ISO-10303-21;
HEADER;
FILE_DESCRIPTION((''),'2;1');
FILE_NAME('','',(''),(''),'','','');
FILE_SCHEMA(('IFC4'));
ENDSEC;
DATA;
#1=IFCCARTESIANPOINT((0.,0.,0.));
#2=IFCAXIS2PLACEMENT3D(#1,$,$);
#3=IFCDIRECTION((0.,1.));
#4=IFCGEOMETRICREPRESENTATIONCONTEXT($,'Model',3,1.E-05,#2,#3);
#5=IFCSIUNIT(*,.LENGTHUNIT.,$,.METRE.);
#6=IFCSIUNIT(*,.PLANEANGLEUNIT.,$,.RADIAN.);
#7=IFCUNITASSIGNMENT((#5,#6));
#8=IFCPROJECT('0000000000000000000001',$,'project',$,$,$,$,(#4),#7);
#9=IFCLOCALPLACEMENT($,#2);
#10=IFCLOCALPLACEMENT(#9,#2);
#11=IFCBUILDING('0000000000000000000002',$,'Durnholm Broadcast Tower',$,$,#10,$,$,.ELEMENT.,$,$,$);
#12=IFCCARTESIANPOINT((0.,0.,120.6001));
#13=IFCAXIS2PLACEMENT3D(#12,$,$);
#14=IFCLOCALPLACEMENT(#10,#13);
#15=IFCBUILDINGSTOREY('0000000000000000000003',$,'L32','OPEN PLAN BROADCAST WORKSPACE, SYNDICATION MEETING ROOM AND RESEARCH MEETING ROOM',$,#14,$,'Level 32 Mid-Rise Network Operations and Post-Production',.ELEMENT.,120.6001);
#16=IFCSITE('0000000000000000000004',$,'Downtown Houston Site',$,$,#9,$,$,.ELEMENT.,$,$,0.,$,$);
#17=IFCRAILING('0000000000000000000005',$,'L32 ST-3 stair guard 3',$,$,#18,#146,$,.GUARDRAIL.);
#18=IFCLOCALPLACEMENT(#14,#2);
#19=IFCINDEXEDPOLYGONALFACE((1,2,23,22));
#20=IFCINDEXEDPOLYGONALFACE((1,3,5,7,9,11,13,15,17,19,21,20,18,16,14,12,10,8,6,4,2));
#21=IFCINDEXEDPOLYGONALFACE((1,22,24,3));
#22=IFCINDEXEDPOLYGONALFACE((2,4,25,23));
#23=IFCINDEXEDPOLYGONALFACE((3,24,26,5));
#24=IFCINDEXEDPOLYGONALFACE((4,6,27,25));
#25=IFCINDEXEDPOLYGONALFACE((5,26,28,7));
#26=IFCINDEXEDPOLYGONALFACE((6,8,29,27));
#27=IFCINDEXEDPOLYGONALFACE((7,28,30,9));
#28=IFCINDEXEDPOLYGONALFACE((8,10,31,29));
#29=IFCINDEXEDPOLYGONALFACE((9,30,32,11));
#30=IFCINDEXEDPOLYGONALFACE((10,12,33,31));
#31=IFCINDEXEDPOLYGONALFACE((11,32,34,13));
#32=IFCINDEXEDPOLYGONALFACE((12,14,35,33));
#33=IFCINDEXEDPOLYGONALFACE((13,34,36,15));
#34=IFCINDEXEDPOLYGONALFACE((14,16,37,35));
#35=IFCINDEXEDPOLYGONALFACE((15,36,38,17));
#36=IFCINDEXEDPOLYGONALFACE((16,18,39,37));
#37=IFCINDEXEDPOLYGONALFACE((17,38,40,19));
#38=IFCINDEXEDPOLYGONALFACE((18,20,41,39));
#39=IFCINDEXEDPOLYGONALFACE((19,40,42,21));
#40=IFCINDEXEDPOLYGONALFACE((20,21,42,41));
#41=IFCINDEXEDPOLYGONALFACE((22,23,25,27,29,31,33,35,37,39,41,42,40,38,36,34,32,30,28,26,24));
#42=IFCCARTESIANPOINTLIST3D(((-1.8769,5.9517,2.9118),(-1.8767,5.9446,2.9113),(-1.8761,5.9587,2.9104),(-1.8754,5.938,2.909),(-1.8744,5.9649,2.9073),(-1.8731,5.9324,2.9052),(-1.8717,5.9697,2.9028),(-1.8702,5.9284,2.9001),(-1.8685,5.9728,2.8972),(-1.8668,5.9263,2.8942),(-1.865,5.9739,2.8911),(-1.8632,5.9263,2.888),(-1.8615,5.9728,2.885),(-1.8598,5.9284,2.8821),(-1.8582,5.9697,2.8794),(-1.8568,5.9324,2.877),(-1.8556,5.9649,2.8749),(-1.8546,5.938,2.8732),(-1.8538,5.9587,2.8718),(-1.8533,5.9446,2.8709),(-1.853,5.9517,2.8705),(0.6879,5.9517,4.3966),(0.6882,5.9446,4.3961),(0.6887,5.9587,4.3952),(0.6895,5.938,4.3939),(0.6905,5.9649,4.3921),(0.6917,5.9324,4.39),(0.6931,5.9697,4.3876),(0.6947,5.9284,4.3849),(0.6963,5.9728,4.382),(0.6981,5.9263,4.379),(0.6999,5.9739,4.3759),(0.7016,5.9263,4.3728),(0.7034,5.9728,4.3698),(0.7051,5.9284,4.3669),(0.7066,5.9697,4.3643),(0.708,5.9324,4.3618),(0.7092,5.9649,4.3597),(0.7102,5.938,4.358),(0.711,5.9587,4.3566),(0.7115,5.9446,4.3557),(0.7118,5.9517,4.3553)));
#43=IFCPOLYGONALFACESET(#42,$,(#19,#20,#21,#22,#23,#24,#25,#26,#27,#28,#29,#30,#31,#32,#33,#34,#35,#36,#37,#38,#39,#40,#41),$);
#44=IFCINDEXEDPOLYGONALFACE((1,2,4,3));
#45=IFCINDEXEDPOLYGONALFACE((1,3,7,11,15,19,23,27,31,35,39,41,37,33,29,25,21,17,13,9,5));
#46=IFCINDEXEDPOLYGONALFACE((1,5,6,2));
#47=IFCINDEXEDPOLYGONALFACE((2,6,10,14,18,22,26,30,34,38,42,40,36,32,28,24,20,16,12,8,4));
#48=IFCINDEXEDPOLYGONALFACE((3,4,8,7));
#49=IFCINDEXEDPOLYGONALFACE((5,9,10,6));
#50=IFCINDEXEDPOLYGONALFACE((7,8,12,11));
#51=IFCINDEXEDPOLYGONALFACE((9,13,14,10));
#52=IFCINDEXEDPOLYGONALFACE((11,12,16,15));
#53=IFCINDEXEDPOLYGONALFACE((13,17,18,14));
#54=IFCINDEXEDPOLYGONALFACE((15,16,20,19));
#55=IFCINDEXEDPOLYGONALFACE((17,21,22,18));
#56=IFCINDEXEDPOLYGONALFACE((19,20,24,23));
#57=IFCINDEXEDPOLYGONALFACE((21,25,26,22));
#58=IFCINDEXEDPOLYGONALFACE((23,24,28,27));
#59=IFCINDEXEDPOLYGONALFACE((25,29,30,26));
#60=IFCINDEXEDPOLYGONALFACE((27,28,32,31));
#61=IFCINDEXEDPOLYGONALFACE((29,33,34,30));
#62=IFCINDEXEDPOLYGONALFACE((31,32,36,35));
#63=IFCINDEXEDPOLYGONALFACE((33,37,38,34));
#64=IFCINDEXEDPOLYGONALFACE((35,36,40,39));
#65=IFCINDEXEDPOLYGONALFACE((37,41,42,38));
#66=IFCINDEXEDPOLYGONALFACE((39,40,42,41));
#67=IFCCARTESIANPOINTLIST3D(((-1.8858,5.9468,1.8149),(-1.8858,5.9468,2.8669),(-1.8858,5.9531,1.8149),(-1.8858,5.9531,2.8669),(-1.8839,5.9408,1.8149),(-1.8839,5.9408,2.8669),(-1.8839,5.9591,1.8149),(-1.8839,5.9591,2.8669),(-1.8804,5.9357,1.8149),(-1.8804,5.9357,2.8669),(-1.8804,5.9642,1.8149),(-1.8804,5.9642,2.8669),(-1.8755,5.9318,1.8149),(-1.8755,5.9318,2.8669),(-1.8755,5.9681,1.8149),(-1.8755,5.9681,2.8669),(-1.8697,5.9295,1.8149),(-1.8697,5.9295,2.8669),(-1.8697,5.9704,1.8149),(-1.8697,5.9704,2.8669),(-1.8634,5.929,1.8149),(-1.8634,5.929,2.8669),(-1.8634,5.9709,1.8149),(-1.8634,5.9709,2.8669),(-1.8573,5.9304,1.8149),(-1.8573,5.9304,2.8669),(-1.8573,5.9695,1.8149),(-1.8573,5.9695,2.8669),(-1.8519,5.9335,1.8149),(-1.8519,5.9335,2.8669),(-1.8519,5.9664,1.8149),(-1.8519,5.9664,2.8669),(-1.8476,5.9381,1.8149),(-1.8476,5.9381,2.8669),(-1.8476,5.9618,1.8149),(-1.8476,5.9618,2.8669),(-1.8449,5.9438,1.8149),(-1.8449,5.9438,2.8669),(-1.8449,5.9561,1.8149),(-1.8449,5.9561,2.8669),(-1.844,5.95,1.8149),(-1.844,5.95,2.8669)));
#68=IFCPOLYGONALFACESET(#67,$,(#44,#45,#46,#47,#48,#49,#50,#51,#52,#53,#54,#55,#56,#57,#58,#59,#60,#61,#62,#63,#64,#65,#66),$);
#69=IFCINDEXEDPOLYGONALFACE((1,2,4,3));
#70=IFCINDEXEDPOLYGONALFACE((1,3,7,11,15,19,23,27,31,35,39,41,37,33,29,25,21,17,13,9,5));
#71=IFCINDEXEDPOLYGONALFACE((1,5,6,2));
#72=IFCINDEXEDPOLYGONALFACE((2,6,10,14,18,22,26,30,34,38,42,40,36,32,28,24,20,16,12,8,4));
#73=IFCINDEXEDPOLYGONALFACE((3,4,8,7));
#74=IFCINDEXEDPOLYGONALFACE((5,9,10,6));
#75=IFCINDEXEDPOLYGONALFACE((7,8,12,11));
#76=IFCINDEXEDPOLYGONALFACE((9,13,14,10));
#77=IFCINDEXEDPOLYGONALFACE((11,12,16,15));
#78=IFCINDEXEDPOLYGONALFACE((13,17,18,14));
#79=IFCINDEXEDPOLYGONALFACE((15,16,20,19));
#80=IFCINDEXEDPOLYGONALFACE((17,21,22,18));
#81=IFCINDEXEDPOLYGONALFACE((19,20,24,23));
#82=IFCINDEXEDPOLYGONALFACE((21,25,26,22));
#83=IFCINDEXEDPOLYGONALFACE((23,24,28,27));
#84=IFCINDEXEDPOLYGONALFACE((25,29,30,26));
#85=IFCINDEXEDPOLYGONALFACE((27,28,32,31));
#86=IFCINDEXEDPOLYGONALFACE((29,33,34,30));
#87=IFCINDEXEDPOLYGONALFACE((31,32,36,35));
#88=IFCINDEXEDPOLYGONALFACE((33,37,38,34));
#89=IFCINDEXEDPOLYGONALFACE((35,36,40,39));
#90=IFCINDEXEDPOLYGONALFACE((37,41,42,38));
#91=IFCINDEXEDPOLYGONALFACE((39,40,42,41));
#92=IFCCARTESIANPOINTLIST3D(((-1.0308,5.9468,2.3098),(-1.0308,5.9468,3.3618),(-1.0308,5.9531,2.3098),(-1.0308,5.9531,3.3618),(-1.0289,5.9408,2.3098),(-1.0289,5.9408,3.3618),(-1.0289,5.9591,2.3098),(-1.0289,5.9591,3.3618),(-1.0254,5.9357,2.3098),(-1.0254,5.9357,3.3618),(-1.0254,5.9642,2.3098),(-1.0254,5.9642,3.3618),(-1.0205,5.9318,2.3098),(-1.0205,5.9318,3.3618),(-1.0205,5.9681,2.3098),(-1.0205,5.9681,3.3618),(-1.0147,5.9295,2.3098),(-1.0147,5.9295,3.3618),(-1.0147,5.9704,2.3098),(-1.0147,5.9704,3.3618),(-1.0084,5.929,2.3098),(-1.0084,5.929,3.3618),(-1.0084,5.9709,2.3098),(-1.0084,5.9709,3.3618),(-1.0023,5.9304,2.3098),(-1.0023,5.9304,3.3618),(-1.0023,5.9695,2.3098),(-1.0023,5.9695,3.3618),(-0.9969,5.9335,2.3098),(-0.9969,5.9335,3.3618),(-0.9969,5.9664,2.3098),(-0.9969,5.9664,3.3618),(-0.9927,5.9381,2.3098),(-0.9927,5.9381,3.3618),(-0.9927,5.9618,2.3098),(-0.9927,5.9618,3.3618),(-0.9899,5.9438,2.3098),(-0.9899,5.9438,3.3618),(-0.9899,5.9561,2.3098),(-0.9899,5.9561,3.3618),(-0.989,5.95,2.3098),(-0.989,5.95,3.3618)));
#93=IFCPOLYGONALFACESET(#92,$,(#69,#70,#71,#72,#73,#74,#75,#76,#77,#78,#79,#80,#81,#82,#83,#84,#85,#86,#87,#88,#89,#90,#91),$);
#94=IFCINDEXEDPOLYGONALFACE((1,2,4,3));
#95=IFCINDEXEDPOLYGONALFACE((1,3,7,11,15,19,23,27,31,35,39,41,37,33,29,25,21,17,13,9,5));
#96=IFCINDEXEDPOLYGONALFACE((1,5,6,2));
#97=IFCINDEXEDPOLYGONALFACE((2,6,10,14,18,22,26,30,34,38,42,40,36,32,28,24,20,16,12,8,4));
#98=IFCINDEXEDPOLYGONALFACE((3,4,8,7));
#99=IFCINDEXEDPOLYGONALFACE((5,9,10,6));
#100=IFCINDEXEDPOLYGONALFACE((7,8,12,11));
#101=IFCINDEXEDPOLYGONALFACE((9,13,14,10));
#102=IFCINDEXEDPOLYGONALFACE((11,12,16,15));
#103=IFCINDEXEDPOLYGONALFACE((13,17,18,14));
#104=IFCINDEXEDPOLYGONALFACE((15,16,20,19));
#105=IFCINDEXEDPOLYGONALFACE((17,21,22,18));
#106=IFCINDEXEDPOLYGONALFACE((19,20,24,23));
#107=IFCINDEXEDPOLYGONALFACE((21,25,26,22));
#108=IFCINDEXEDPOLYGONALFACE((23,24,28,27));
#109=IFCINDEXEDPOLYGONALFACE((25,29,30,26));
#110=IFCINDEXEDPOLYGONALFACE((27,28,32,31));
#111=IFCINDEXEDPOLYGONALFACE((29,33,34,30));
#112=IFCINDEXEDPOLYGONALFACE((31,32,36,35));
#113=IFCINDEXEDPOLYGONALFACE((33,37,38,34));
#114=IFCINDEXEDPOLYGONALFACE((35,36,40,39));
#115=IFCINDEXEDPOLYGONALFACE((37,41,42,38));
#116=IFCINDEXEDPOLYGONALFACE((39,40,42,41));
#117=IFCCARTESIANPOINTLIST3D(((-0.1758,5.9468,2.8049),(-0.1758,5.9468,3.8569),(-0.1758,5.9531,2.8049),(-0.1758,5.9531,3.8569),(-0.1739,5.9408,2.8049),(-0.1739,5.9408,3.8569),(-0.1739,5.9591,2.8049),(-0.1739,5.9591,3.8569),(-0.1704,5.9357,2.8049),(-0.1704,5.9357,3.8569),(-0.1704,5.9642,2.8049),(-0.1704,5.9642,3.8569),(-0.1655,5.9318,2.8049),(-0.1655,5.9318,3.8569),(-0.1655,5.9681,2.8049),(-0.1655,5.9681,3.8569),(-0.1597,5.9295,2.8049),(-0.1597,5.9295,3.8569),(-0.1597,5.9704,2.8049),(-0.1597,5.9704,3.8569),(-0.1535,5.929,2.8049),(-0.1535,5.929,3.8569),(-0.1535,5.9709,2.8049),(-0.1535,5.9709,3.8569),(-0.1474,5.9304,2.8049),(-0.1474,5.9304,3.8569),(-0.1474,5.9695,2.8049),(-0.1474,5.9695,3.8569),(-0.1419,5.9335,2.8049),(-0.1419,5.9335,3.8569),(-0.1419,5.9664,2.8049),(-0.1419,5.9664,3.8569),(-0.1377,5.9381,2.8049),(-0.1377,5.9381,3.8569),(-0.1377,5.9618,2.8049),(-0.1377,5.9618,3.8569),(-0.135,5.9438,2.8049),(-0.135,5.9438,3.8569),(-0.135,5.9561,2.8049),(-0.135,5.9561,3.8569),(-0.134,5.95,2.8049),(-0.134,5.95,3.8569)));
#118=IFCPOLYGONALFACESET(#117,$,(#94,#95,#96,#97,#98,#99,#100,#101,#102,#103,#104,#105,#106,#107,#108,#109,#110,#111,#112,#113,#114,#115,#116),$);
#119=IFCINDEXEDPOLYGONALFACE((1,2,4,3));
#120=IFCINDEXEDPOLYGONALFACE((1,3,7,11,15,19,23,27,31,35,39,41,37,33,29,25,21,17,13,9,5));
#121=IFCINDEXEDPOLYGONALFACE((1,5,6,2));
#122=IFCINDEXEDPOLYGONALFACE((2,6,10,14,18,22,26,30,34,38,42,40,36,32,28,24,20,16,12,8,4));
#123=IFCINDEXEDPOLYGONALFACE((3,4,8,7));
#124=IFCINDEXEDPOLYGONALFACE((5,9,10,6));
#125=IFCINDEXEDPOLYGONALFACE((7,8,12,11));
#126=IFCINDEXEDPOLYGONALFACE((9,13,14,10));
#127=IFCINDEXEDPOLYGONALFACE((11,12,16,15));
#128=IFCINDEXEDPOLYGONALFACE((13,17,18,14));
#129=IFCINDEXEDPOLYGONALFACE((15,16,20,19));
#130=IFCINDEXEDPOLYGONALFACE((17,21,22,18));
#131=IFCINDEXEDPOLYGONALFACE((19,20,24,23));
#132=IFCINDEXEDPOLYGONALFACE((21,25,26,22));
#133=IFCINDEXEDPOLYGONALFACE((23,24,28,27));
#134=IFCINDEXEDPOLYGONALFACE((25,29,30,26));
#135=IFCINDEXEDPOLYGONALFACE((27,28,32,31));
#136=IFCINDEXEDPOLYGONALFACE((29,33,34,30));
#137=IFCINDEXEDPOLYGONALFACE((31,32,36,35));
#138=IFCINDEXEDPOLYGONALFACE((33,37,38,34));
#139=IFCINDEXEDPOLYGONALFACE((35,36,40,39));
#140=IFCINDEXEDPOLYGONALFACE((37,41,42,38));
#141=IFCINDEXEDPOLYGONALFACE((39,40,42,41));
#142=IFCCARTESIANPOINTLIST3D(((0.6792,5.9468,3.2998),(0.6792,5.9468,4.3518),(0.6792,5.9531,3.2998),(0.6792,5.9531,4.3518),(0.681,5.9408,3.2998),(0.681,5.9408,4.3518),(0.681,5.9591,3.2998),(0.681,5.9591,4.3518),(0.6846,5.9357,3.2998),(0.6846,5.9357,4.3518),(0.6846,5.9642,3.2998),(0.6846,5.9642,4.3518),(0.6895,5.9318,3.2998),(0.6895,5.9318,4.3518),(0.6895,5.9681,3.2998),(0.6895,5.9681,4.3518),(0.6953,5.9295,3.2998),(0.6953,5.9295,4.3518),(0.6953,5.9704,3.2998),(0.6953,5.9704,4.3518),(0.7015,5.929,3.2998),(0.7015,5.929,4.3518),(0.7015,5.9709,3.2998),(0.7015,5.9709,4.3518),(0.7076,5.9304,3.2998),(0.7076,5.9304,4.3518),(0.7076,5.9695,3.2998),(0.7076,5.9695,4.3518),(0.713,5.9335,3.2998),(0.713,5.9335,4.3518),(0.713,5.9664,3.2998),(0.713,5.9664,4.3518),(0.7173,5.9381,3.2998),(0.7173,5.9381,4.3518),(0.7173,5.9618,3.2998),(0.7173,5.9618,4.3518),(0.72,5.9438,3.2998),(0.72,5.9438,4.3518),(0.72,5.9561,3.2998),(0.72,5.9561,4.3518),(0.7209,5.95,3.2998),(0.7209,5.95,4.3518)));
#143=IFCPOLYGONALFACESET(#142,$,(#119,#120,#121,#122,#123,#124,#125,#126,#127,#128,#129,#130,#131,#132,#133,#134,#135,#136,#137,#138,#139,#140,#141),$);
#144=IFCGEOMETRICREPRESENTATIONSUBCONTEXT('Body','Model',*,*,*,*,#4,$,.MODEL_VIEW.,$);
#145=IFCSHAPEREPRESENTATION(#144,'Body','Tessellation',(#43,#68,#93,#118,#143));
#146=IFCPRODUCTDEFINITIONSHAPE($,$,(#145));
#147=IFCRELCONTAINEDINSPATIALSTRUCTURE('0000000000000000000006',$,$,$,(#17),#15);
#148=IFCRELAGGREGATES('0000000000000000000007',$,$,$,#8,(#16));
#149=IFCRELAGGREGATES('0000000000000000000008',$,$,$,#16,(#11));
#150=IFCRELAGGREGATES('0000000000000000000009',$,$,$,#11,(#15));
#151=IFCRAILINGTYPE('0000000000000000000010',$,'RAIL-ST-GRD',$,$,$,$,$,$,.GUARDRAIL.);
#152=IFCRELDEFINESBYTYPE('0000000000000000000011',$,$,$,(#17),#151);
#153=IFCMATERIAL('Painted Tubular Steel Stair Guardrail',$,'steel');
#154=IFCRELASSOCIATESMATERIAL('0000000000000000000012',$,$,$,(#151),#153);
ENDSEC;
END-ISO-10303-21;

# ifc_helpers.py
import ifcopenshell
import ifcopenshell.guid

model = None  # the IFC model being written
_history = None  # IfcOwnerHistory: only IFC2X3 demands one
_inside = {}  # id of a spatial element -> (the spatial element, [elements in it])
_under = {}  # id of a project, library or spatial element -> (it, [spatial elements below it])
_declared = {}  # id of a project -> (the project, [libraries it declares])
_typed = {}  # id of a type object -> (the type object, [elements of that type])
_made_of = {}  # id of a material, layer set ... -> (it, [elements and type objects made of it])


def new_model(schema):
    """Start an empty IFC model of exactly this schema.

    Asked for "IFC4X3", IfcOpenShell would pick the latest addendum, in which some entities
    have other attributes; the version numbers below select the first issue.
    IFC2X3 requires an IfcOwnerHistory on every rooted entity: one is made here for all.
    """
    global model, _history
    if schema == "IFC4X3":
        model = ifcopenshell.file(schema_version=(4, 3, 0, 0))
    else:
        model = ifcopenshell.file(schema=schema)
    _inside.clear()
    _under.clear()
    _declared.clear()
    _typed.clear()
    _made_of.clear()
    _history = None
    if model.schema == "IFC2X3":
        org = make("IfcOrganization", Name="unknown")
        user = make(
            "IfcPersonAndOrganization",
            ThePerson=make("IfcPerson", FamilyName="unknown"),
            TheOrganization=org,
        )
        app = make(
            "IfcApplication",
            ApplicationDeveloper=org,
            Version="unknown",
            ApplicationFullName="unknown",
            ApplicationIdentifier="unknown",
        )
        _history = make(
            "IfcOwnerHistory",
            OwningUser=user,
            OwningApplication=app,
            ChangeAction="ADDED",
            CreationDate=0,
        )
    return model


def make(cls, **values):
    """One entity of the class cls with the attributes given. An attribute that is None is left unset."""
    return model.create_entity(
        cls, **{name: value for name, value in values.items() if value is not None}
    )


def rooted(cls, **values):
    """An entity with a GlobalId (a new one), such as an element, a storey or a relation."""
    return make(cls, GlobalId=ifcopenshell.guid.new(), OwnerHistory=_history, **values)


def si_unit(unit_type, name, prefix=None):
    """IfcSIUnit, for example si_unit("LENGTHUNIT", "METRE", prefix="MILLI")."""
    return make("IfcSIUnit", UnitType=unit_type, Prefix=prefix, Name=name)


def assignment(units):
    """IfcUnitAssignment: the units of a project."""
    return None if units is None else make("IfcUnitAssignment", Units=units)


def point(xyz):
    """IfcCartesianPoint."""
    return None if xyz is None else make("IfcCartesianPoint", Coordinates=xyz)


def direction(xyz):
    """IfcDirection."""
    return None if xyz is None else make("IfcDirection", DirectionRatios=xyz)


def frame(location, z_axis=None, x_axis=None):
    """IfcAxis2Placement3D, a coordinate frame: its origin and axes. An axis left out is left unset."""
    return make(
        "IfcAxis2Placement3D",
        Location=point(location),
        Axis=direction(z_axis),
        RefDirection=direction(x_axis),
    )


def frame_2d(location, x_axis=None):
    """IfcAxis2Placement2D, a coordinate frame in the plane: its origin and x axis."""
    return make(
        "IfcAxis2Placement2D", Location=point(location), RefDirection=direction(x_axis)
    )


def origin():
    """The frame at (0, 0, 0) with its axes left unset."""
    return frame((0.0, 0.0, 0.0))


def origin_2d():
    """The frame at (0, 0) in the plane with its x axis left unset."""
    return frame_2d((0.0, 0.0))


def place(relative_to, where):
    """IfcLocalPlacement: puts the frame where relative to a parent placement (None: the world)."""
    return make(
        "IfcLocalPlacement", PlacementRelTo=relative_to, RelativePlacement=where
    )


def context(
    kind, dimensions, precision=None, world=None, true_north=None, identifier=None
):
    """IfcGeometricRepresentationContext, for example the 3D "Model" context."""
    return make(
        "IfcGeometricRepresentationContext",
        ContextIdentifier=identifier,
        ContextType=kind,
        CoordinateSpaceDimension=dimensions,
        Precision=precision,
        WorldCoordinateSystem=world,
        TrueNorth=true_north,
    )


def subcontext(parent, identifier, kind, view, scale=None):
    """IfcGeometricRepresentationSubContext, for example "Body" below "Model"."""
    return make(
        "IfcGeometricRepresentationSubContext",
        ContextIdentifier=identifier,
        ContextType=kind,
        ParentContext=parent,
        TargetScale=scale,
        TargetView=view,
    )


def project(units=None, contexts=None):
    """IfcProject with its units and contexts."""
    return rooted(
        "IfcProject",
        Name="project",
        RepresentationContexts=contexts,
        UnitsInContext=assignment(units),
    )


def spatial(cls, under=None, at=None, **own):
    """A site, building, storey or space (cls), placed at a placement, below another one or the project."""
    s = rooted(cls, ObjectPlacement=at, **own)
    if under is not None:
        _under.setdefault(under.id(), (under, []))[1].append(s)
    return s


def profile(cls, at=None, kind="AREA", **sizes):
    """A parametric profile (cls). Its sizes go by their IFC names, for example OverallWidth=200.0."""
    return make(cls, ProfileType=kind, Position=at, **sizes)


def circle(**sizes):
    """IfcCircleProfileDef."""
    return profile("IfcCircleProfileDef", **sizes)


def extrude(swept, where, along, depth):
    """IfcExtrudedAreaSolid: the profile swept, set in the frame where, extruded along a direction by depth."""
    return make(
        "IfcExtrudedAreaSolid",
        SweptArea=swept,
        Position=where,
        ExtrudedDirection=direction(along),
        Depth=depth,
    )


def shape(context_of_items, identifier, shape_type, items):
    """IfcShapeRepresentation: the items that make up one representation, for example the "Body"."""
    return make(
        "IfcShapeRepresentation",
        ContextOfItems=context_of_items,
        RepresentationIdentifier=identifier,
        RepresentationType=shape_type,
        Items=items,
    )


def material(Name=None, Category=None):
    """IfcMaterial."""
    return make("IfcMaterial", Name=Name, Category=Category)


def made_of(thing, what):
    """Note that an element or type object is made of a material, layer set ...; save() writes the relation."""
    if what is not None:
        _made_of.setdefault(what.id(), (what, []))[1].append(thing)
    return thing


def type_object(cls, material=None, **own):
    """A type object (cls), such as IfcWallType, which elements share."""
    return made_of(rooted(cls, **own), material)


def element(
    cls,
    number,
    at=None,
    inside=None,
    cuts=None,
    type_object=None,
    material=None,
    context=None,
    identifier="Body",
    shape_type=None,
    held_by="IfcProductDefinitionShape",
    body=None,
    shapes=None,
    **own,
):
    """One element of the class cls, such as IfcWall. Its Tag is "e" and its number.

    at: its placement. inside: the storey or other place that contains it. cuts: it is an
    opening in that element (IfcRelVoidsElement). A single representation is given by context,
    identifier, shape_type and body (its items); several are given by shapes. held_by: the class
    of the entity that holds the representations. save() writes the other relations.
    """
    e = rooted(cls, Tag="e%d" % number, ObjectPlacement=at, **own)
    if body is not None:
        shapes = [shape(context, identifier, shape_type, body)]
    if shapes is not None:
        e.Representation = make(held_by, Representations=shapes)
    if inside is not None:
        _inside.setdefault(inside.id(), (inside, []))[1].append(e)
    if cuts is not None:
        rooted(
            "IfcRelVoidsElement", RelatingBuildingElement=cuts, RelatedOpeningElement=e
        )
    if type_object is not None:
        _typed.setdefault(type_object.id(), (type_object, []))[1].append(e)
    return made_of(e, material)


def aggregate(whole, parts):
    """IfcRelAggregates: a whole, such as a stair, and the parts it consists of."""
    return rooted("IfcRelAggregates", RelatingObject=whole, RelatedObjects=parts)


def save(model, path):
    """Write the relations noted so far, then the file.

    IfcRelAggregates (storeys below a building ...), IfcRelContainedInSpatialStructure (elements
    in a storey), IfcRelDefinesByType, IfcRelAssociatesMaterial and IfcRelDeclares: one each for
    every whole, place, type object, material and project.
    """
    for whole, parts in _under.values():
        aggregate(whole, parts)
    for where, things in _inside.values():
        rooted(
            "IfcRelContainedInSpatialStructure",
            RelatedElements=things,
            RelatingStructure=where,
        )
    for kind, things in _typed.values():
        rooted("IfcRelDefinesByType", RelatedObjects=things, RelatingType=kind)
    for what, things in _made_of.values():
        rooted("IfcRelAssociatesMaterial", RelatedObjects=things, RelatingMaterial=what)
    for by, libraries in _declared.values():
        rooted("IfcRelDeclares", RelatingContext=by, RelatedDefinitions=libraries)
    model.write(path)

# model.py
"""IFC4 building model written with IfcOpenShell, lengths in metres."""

from ifc_helpers import new_model, si_unit, direction, frame, origin, origin_2d, place, context, subcontext, project, spatial, circle, extrude, material, type_object, element, save


model = new_model("IFC4")

# Units and contexts
model_context = context("Model", 3, precision=1e-05, world=origin(), true_north=direction((0.0, 1.0)))
body_context = subcontext(model_context, "Body", "Model", "MODEL_VIEW")
ifc_project = project(units=[si_unit("LENGTHUNIT", "METRE"), si_unit("PLANEANGLEUNIT", "RADIAN")], contexts=[model_context])

# Site, building, storey
site_placement = place(None, origin())
site = spatial("IfcSite", under=ifc_project, at=site_placement, Name="Downtown Houston Site", CompositionType="ELEMENT", RefElevation=0.0)
building_placement = place(site_placement, origin())
building = spatial("IfcBuilding", under=site, at=building_placement, Name="Durnholm Broadcast Tower", CompositionType="ELEMENT")
storey_placement = place(building_placement, frame((0.0, 0.0, 120.6001)))
storey = spatial("IfcBuildingStorey", under=building, at=storey_placement, Name="L32", Description="OPEN PLAN BROADCAST WORKSPACE, SYNDICATION MEETING ROOM AND RESEARCH MEETING ROOM", LongName="Level 32 Mid-Rise Network Operations and Post-Production", CompositionType="ELEMENT", Elevation=120.6001)

# Railing
ifc_material_1 = material(Name="Painted Tubular Steel Stair Guardrail", Category="steel")
railing_type_1 = type_object("IfcRailingType", Name="RAIL-ST-GRD", PredefinedType="GUARDRAIL", material=ifc_material_1)
railing_1_placement = place(storey_placement, frame((-1.865, 5.95, 1.8149)))
element("IfcRailing", 1, at=railing_1_placement, inside=storey, type_object=railing_type_1, Name="L32 ST-3 stair guard 3", PredefinedType="GUARDRAIL", context=body_context, shape_type="SweptSolid", body=[
    extrude(circle(Radius=0.0239, at=origin_2d()), frame((0.0, 0.0, 1.0762), z_axis=(0.865441, 0.0, 0.50101), x_axis=(0.0, 1.0, 0.0)), (0.0, 0.0, 1.0), 2.9636),
    extrude(circle(Radius=0.021, at=origin_2d()), origin(), (0.0, 0.0, 1.0), 1.052),
    extrude(circle(Radius=0.021, at=origin_2d()), frame((0.855, 0.0, 0.4949)), (0.0, 0.0, 1.0), 1.052),
    extrude(circle(Radius=0.021, at=origin_2d()), frame((1.71, 0.0, 0.99)), (0.0, 0.0, 1.0), 1.052),
    extrude(circle(Radius=0.021, at=origin_2d()), frame((2.5649, 0.0, 1.4849)), (0.0, 0.0, 1.0), 1.052),
])

save(model, "model.ifc")
